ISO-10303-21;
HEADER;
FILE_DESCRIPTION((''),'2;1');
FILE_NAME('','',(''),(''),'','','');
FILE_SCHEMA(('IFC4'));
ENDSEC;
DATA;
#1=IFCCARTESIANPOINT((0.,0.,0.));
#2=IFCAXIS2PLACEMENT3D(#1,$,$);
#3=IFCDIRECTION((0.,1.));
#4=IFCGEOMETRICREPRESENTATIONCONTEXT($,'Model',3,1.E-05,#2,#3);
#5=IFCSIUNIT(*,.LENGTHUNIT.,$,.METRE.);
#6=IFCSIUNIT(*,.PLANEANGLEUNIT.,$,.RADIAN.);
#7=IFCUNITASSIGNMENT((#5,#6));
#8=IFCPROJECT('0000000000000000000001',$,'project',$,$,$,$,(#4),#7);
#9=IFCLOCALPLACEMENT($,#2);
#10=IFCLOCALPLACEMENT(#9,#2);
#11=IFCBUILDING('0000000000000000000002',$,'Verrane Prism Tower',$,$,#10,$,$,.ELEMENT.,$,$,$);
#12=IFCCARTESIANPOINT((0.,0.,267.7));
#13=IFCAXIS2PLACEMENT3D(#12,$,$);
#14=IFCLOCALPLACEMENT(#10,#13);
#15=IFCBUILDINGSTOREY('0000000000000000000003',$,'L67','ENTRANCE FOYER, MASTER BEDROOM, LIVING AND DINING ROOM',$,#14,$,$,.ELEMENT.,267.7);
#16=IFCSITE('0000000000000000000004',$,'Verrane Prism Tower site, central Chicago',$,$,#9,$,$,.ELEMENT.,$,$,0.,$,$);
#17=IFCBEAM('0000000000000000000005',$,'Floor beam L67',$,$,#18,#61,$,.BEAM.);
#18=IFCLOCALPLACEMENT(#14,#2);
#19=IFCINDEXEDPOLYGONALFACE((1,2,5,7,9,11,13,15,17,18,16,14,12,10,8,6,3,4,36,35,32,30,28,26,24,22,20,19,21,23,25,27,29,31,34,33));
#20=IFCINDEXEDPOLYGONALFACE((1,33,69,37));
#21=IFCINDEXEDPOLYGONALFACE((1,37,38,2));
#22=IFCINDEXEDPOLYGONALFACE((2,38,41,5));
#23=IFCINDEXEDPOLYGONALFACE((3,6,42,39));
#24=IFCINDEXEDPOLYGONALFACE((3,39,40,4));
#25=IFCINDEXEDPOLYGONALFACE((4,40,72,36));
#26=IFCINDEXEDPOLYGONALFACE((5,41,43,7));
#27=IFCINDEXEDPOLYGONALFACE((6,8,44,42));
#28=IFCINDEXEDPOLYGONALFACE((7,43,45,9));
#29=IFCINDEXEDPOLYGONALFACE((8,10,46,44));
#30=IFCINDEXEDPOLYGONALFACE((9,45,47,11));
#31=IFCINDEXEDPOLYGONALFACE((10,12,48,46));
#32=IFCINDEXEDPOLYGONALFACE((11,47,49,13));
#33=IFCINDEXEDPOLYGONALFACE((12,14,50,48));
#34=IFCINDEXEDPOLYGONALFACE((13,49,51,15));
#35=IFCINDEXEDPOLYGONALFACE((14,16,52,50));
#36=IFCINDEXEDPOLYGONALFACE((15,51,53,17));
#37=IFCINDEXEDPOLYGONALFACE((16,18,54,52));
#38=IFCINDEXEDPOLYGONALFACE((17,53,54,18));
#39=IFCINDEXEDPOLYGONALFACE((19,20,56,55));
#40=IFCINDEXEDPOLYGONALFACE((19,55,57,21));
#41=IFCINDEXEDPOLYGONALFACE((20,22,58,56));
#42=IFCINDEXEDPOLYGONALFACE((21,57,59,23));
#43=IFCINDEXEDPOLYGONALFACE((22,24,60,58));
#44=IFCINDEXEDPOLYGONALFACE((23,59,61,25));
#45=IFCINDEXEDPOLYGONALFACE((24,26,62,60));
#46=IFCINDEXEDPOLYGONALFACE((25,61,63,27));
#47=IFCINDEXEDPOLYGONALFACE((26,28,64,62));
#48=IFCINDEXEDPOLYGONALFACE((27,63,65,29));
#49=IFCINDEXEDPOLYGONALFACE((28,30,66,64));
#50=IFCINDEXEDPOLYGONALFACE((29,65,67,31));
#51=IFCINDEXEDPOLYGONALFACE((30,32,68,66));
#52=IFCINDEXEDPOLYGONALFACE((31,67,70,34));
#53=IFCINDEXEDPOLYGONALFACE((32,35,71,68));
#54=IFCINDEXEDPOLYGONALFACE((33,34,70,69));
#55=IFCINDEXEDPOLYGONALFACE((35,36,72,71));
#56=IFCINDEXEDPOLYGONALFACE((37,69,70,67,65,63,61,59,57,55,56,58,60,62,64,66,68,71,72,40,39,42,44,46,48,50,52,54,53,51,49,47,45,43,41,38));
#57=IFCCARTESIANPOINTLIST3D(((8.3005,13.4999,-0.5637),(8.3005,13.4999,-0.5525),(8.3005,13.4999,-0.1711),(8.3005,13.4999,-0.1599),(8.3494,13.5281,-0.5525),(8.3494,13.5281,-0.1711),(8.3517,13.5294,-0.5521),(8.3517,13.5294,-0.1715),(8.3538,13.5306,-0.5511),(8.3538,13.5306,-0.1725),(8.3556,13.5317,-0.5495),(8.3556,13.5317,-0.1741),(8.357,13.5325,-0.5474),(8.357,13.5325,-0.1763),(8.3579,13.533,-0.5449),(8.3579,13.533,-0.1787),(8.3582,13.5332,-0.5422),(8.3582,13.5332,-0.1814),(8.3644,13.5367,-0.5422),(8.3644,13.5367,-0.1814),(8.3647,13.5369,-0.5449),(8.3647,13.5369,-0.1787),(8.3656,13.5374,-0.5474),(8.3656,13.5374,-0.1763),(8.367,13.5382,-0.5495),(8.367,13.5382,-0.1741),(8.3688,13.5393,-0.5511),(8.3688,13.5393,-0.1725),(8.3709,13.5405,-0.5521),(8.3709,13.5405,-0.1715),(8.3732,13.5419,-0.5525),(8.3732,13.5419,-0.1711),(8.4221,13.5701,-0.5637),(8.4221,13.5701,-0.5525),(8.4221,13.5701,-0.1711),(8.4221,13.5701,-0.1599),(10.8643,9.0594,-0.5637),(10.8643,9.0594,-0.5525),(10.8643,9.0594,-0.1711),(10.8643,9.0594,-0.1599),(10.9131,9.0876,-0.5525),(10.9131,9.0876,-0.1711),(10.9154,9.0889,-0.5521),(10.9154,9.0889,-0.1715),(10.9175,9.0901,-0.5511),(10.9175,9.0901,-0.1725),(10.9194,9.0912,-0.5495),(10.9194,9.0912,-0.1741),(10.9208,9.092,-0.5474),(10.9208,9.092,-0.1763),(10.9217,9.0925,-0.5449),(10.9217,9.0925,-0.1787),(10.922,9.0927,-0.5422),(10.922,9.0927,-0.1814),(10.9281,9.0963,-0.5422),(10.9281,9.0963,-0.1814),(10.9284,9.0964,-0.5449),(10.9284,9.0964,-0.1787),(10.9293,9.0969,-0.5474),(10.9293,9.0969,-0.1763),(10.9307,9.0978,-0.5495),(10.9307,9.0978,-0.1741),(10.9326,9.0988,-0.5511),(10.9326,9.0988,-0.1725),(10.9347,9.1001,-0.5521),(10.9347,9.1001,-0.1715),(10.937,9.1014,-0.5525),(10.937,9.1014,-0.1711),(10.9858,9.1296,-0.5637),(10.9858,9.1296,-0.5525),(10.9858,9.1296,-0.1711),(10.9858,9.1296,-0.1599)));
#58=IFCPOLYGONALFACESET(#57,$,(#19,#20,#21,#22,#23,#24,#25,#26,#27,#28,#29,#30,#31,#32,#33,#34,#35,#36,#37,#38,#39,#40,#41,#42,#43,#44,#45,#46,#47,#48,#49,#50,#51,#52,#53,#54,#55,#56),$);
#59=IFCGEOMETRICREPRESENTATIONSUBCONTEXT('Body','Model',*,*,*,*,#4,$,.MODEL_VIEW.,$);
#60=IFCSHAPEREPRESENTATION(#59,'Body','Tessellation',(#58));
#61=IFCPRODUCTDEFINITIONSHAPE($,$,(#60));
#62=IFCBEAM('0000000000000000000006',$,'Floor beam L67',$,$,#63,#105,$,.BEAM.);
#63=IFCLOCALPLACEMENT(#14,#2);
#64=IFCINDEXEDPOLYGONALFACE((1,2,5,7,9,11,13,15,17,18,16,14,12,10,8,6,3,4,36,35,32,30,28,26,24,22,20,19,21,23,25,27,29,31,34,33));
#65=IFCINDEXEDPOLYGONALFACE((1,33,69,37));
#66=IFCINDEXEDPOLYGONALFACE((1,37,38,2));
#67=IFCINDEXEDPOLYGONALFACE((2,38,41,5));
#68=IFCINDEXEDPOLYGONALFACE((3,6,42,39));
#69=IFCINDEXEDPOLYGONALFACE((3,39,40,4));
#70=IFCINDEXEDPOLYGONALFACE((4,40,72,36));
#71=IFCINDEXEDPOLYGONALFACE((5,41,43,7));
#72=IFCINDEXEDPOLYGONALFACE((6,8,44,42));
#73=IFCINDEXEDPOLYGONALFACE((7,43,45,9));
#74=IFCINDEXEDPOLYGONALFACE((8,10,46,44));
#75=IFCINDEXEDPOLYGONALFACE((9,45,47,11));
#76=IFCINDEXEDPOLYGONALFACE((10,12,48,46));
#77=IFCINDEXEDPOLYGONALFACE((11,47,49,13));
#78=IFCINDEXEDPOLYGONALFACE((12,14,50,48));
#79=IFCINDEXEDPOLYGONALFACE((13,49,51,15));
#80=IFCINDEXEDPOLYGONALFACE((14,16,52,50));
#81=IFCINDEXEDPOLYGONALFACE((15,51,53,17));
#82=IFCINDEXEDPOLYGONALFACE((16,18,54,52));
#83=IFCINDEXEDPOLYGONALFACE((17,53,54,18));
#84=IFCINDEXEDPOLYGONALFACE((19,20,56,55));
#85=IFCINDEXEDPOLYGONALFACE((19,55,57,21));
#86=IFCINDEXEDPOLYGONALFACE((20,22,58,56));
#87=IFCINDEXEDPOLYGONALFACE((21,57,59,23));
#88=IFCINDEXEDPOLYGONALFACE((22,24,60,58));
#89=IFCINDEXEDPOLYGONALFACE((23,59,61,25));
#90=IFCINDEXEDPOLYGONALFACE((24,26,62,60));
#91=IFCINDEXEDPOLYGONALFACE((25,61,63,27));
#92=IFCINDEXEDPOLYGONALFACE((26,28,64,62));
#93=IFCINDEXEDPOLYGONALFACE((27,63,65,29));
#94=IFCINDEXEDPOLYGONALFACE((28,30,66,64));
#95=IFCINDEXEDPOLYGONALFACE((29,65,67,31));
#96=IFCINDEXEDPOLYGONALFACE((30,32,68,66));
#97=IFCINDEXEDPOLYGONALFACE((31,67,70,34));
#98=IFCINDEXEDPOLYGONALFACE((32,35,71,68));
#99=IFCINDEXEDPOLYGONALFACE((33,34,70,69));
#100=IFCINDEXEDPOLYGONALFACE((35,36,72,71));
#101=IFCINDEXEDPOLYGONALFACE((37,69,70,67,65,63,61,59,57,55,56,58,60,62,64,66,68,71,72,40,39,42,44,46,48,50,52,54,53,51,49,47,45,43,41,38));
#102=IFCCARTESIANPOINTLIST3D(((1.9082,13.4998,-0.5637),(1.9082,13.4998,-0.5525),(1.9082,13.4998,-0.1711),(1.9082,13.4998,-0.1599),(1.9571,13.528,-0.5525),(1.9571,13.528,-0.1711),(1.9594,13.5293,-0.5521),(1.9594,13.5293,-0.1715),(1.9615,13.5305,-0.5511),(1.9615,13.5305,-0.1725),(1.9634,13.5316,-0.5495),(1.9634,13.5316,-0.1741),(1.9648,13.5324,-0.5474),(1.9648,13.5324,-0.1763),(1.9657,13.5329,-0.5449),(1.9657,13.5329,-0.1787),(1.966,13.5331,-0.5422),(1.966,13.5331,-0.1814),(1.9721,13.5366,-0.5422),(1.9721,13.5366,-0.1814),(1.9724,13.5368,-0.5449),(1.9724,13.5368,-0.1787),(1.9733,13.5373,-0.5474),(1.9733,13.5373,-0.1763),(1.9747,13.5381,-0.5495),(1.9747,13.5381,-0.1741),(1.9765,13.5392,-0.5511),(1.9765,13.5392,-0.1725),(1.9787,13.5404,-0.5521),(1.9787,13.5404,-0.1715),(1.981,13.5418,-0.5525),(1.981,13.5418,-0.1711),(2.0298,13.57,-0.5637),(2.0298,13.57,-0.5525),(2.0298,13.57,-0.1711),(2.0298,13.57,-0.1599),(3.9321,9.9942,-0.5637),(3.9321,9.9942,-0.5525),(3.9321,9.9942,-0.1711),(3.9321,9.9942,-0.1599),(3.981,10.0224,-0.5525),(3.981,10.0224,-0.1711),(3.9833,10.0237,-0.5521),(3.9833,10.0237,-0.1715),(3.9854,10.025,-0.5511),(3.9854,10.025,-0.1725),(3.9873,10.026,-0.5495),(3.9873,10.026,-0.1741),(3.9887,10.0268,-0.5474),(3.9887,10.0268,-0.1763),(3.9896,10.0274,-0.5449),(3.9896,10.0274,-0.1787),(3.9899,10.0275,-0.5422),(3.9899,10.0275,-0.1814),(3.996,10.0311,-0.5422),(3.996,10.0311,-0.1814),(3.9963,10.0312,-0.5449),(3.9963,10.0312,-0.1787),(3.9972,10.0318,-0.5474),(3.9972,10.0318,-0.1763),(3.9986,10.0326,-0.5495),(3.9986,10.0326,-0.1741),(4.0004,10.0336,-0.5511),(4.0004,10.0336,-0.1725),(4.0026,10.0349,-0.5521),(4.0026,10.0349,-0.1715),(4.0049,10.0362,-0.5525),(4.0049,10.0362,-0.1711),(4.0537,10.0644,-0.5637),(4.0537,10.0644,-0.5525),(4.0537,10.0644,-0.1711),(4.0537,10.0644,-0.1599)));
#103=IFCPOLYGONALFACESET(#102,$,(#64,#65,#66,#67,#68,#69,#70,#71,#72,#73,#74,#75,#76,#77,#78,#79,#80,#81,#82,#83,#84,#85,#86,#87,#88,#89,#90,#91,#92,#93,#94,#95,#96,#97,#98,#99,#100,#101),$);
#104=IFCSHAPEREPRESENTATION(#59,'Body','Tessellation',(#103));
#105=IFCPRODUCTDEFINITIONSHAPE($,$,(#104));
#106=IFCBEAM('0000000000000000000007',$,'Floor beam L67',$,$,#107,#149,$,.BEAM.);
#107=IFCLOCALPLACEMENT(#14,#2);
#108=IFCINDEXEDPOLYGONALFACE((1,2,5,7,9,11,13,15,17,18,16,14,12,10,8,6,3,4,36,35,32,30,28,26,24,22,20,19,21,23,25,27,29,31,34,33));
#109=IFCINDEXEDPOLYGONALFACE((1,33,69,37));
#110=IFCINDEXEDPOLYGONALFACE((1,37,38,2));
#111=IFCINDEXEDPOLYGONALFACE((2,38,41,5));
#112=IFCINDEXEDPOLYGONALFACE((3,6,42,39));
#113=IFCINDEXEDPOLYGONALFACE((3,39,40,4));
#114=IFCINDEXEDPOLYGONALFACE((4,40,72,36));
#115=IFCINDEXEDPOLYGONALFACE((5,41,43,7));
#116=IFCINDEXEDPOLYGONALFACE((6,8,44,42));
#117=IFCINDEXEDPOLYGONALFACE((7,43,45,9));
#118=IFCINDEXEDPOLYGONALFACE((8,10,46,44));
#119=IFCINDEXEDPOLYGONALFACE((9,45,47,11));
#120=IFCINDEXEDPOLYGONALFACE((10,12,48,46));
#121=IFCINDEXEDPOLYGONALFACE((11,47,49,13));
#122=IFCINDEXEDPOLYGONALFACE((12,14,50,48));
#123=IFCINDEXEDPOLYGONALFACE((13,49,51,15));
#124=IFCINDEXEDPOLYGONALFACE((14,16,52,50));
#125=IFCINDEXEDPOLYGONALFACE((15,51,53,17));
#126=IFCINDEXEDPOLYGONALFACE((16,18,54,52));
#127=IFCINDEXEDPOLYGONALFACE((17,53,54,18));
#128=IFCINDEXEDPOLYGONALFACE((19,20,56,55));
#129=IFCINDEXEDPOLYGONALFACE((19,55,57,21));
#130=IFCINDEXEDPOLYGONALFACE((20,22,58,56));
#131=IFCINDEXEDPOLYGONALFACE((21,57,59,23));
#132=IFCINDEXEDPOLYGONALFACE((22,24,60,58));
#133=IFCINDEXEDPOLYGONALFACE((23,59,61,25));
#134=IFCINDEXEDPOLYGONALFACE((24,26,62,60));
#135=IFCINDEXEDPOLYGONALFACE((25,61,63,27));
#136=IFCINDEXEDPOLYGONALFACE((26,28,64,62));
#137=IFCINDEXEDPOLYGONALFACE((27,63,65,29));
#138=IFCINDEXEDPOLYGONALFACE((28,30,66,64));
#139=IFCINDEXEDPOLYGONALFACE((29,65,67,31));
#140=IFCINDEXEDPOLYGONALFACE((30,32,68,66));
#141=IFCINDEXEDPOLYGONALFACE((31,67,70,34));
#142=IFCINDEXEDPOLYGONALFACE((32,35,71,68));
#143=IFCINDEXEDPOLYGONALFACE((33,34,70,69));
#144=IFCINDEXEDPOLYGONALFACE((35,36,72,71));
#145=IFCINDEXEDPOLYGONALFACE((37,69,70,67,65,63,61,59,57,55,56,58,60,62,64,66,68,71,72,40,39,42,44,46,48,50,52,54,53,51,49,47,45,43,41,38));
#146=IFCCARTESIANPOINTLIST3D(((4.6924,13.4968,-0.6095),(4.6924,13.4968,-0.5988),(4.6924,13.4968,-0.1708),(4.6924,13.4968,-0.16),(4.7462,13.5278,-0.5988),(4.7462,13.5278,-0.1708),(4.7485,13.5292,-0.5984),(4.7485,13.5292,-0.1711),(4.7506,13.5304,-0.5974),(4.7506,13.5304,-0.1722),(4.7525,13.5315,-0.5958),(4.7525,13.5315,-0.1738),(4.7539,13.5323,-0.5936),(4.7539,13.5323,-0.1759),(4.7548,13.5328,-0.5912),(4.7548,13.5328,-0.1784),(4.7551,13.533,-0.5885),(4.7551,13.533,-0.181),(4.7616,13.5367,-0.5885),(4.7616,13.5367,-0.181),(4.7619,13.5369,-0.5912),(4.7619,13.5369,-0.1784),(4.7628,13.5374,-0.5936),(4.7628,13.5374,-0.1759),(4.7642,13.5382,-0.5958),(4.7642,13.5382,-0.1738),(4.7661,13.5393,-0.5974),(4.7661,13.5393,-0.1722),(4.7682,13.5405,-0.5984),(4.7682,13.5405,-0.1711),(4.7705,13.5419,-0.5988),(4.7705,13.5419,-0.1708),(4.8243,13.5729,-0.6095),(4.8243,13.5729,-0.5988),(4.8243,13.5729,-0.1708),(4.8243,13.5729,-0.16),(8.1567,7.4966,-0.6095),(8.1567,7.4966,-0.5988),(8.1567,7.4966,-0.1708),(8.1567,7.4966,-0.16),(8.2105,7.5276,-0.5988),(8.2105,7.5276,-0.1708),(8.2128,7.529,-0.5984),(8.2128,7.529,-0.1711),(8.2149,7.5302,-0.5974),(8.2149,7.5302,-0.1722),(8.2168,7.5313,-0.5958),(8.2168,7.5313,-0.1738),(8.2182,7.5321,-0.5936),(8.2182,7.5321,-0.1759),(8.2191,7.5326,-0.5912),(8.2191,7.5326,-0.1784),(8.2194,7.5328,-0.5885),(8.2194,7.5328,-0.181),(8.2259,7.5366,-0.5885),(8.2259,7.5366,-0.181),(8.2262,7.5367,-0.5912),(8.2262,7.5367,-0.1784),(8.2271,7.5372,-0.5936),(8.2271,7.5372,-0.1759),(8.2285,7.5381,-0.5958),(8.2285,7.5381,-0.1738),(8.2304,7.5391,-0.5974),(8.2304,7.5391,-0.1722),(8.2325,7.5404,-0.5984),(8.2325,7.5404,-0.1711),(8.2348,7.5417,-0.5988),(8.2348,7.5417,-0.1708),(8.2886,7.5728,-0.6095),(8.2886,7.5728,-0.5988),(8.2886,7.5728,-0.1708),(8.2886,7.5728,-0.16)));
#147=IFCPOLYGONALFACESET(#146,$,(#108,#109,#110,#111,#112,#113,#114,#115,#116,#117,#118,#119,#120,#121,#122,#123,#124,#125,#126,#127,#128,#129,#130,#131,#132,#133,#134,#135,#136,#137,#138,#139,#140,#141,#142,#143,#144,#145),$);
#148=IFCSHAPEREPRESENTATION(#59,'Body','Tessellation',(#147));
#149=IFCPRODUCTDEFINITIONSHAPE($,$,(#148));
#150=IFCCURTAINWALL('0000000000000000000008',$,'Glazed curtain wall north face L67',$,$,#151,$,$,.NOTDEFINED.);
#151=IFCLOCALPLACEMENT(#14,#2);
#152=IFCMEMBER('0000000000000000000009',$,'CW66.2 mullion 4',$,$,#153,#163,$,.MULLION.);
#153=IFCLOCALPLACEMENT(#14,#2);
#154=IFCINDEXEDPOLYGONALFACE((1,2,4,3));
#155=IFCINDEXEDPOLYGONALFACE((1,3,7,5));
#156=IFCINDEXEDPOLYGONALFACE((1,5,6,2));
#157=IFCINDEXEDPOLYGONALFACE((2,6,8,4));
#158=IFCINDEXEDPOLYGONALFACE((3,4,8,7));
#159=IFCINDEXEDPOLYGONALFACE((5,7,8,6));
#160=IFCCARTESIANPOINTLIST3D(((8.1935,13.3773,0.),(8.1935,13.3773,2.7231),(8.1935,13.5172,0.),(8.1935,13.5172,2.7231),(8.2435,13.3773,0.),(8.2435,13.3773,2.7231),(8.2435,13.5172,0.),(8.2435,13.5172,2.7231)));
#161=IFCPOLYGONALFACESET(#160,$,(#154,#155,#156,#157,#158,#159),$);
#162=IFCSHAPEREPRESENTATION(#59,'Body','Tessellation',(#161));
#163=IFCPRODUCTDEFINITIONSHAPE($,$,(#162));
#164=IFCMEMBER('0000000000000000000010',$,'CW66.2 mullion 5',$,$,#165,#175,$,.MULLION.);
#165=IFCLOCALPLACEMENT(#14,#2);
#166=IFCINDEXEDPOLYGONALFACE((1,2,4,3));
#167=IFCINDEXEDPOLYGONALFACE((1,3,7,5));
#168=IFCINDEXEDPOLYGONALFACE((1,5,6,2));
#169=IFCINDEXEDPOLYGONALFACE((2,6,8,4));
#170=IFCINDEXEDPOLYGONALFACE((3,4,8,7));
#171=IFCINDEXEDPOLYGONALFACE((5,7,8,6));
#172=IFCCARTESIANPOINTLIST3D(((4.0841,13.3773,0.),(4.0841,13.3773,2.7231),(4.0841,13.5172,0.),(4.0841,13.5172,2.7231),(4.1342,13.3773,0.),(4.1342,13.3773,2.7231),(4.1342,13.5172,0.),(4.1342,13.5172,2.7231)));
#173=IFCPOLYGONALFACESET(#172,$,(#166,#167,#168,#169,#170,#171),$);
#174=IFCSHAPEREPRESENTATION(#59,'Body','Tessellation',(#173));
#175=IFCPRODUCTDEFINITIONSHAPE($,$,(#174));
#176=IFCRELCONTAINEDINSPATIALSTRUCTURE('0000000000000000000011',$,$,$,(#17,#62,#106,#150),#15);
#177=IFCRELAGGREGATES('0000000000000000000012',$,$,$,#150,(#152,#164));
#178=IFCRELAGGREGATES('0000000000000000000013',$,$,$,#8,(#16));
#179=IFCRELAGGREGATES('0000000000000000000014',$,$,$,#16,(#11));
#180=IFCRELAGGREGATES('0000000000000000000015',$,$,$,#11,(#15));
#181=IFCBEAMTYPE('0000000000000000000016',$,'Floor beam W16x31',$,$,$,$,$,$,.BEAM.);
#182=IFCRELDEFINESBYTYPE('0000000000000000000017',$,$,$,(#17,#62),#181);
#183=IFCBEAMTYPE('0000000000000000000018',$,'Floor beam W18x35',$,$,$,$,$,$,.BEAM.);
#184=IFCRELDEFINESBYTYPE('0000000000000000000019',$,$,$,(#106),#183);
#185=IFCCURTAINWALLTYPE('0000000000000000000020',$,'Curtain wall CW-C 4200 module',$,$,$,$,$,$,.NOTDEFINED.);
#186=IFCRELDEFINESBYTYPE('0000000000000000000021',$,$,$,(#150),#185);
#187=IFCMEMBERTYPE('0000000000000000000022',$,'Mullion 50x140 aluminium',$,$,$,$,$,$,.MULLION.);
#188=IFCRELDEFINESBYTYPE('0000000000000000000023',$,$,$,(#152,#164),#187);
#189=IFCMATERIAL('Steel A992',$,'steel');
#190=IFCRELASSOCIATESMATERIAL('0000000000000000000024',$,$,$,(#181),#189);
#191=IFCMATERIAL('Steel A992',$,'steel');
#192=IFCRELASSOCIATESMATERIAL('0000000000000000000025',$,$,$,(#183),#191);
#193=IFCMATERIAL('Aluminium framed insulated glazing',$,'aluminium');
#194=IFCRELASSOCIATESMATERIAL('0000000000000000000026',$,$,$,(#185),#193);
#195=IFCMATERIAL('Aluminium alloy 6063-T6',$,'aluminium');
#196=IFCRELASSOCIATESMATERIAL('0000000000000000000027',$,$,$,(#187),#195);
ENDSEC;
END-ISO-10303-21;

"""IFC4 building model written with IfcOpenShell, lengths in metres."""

from ifc_helpers import new_model, si_unit, direction, frame, origin, origin_2d, place, context, subcontext, project, spatial, rectangle, i_section, extrude, material, material_profile, profile_set, type_object, element, aggregate, save


model = new_model("IFC4")

# Units and contexts
model_context = context("Model", 3, precision=1e-05, world=origin(), true_north=direction((0.0, 1.0)))
body_context = subcontext(model_context, "Body", "Model", "MODEL_VIEW")
ifc_project = project(units=[si_unit("LENGTHUNIT", "METRE"), si_unit("PLANEANGLEUNIT", "RADIAN")], contexts=[model_context])

# Site, building, storey
site_placement = place(None, origin())
site = spatial("IfcSite", under=ifc_project, at=site_placement, Name="Verrane Prism Tower site, central Chicago", CompositionType="ELEMENT", RefElevation=0.0)
building_placement = place(site_placement, origin())
building = spatial("IfcBuilding", under=site, at=building_placement, Name="Verrane Prism Tower", CompositionType="ELEMENT")
storey_placement = place(building_placement, frame((0.0, 0.0, 267.7)))
storey = spatial("IfcBuildingStorey", under=building, at=storey_placement, Name="L67", Description="ENTRANCE FOYER, MASTER BEDROOM, LIVING AND DINING ROOM", CompositionType="ELEMENT", Elevation=267.7)

# Beams
ifc_material_1 = material(Name="Steel A992", Category="steel")
ifc_material_profile_1 = material_profile(ifc_material_1, i_section(OverallWidth=0.1404, OverallDepth=0.4038, WebThickness=0.0071, FlangeThickness=0.0112, FilletRadius=0.0103, at=origin_2d()), Name="W16x31")
ifc_profile_set_1 = profile_set([ifc_material_profile_1], Name="Steel A992")
beam_type_1 = type_object("IfcBeamType", Name="Floor beam W16x31", PredefinedType="BEAM", material=ifc_profile_set_1)
beam_1_placement = place(storey_placement, frame((10.925, 9.0945, -0.3618), z_axis=(-0.500005, 0.866022, 0.0), x_axis=(-0.866022, -0.500005, 0.0)))
element("IfcBeam", 1, at=beam_1_placement, inside=storey, type_object=beam_type_1, Name="Floor beam L67", PredefinedType="BEAM", context=body_context, shape_type="SweptSolid", body=[
    extrude(i_section(OverallWidth=0.1404, OverallDepth=0.4038, WebThickness=0.0071, FlangeThickness=0.0112, FilletRadius=0.0103, at=origin_2d()), origin(), (0.0, 0.0, 1.0), 5.1274),
])
beam_2_placement = place(storey_placement, frame((3.9929, 10.0293, -0.3618), z_axis=(-0.499992, 0.86603, 0.0), x_axis=(-0.86603, -0.499992, 0.0)))
element("IfcBeam", 2, at=beam_2_placement, inside=storey, type_object=beam_type_1, Name="Floor beam L67", PredefinedType="BEAM", context=body_context, shape_type="SweptSolid", body=[
    extrude(i_section(OverallWidth=0.1404, OverallDepth=0.4038, WebThickness=0.0071, FlangeThickness=0.0112, FilletRadius=0.0103, at=origin_2d()), origin(), (0.0, 0.0, 1.0), 4.0479),
])
ifc_material_2 = material(Name="Steel A992", Category="steel")
ifc_material_profile_2 = material_profile(ifc_material_2, i_section(OverallWidth=0.1523, OverallDepth=0.4495, WebThickness=0.0076, FlangeThickness=0.0107, FilletRadius=0.0103, at=origin_2d()), Name="W18x35")
ifc_profile_set_2 = profile_set([ifc_material_profile_2], Name="Steel A992")
beam_type_2 = type_object("IfcBeamType", Name="Floor beam W18x35", PredefinedType="BEAM", material=ifc_profile_set_2)
beam_3_placement = place(storey_placement, frame((8.2227, 7.5347, -0.3848), z_axis=(-0.500012, 0.866018, 0.0), x_axis=(-0.866018, -0.500012, 0.0)))
element("IfcBeam", 3, at=beam_3_placement, inside=storey, type_object=beam_type_2, Name="Floor beam L67", PredefinedType="BEAM", context=body_context, shape_type="SweptSolid", body=[
    extrude(i_section(OverallWidth=0.1523, OverallDepth=0.4495, WebThickness=0.0076, FlangeThickness=0.0107, FilletRadius=0.0103, at=origin_2d()), origin(), (0.0, 0.0, 1.0), 6.9285),
])

# Curtain wall, members
ifc_material_3 = material(Name="Aluminium framed insulated glazing", Category="aluminium")
curtain_wall_type = type_object("IfcCurtainWallType", Name="Curtain wall CW-C 4200 module", PredefinedType="NOTDEFINED", material=ifc_material_3)
curtain_wall_placement = place(storey_placement, origin())
curtain_wall = element("IfcCurtainWall", 4, at=curtain_wall_placement, inside=storey, type_object=curtain_wall_type, Name="Glazed curtain wall north face L67", PredefinedType="NOTDEFINED")
ifc_material_4 = material(Name="Aluminium alloy 6063-T6", Category="aluminium")
ifc_material_profile_3 = material_profile(ifc_material_4, rectangle(XDim=0.1399, YDim=0.05, at=origin_2d()), Name="Mullion 50x140 aluminium")
ifc_profile_set_3 = profile_set([ifc_material_profile_3], Name="Aluminium alloy 6063-T6")
member_type_1 = type_object("IfcMemberType", Name="Mullion 50x140 aluminium", PredefinedType="MULLION", material=ifc_profile_set_3)
member_1_placement = place(storey_placement, frame((8.2185, 13.4473, 0.0), z_axis=(0.0, 0.0, 1.0), x_axis=(0.0, -1.0, 0.0)))
member_1 = element("IfcMember", 5, at=member_1_placement, type_object=member_type_1, Name="CW66.2 mullion 4", PredefinedType="MULLION", context=body_context, shape_type="SweptSolid", body=[
    extrude(rectangle(XDim=0.1399, YDim=0.05, at=origin_2d()), origin(), (0.0, 0.0, 1.0), 2.7231),
])
member_2_placement = place(storey_placement, frame((4.1091, 13.4473, 0.0), z_axis=(0.0, 0.0, 1.0), x_axis=(0.0, -1.0, 0.0)))
member_2 = element("IfcMember", 6, at=member_2_placement, type_object=member_type_1, Name="CW66.2 mullion 5", PredefinedType="MULLION", context=body_context, shape_type="SweptSolid", body=[
    extrude(rectangle(XDim=0.1399, YDim=0.05, at=origin_2d()), origin(), (0.0, 0.0, 1.0), 2.7231),
])

aggregate(curtain_wall, [member_1, member_2])

save(model, "model.ifc")
